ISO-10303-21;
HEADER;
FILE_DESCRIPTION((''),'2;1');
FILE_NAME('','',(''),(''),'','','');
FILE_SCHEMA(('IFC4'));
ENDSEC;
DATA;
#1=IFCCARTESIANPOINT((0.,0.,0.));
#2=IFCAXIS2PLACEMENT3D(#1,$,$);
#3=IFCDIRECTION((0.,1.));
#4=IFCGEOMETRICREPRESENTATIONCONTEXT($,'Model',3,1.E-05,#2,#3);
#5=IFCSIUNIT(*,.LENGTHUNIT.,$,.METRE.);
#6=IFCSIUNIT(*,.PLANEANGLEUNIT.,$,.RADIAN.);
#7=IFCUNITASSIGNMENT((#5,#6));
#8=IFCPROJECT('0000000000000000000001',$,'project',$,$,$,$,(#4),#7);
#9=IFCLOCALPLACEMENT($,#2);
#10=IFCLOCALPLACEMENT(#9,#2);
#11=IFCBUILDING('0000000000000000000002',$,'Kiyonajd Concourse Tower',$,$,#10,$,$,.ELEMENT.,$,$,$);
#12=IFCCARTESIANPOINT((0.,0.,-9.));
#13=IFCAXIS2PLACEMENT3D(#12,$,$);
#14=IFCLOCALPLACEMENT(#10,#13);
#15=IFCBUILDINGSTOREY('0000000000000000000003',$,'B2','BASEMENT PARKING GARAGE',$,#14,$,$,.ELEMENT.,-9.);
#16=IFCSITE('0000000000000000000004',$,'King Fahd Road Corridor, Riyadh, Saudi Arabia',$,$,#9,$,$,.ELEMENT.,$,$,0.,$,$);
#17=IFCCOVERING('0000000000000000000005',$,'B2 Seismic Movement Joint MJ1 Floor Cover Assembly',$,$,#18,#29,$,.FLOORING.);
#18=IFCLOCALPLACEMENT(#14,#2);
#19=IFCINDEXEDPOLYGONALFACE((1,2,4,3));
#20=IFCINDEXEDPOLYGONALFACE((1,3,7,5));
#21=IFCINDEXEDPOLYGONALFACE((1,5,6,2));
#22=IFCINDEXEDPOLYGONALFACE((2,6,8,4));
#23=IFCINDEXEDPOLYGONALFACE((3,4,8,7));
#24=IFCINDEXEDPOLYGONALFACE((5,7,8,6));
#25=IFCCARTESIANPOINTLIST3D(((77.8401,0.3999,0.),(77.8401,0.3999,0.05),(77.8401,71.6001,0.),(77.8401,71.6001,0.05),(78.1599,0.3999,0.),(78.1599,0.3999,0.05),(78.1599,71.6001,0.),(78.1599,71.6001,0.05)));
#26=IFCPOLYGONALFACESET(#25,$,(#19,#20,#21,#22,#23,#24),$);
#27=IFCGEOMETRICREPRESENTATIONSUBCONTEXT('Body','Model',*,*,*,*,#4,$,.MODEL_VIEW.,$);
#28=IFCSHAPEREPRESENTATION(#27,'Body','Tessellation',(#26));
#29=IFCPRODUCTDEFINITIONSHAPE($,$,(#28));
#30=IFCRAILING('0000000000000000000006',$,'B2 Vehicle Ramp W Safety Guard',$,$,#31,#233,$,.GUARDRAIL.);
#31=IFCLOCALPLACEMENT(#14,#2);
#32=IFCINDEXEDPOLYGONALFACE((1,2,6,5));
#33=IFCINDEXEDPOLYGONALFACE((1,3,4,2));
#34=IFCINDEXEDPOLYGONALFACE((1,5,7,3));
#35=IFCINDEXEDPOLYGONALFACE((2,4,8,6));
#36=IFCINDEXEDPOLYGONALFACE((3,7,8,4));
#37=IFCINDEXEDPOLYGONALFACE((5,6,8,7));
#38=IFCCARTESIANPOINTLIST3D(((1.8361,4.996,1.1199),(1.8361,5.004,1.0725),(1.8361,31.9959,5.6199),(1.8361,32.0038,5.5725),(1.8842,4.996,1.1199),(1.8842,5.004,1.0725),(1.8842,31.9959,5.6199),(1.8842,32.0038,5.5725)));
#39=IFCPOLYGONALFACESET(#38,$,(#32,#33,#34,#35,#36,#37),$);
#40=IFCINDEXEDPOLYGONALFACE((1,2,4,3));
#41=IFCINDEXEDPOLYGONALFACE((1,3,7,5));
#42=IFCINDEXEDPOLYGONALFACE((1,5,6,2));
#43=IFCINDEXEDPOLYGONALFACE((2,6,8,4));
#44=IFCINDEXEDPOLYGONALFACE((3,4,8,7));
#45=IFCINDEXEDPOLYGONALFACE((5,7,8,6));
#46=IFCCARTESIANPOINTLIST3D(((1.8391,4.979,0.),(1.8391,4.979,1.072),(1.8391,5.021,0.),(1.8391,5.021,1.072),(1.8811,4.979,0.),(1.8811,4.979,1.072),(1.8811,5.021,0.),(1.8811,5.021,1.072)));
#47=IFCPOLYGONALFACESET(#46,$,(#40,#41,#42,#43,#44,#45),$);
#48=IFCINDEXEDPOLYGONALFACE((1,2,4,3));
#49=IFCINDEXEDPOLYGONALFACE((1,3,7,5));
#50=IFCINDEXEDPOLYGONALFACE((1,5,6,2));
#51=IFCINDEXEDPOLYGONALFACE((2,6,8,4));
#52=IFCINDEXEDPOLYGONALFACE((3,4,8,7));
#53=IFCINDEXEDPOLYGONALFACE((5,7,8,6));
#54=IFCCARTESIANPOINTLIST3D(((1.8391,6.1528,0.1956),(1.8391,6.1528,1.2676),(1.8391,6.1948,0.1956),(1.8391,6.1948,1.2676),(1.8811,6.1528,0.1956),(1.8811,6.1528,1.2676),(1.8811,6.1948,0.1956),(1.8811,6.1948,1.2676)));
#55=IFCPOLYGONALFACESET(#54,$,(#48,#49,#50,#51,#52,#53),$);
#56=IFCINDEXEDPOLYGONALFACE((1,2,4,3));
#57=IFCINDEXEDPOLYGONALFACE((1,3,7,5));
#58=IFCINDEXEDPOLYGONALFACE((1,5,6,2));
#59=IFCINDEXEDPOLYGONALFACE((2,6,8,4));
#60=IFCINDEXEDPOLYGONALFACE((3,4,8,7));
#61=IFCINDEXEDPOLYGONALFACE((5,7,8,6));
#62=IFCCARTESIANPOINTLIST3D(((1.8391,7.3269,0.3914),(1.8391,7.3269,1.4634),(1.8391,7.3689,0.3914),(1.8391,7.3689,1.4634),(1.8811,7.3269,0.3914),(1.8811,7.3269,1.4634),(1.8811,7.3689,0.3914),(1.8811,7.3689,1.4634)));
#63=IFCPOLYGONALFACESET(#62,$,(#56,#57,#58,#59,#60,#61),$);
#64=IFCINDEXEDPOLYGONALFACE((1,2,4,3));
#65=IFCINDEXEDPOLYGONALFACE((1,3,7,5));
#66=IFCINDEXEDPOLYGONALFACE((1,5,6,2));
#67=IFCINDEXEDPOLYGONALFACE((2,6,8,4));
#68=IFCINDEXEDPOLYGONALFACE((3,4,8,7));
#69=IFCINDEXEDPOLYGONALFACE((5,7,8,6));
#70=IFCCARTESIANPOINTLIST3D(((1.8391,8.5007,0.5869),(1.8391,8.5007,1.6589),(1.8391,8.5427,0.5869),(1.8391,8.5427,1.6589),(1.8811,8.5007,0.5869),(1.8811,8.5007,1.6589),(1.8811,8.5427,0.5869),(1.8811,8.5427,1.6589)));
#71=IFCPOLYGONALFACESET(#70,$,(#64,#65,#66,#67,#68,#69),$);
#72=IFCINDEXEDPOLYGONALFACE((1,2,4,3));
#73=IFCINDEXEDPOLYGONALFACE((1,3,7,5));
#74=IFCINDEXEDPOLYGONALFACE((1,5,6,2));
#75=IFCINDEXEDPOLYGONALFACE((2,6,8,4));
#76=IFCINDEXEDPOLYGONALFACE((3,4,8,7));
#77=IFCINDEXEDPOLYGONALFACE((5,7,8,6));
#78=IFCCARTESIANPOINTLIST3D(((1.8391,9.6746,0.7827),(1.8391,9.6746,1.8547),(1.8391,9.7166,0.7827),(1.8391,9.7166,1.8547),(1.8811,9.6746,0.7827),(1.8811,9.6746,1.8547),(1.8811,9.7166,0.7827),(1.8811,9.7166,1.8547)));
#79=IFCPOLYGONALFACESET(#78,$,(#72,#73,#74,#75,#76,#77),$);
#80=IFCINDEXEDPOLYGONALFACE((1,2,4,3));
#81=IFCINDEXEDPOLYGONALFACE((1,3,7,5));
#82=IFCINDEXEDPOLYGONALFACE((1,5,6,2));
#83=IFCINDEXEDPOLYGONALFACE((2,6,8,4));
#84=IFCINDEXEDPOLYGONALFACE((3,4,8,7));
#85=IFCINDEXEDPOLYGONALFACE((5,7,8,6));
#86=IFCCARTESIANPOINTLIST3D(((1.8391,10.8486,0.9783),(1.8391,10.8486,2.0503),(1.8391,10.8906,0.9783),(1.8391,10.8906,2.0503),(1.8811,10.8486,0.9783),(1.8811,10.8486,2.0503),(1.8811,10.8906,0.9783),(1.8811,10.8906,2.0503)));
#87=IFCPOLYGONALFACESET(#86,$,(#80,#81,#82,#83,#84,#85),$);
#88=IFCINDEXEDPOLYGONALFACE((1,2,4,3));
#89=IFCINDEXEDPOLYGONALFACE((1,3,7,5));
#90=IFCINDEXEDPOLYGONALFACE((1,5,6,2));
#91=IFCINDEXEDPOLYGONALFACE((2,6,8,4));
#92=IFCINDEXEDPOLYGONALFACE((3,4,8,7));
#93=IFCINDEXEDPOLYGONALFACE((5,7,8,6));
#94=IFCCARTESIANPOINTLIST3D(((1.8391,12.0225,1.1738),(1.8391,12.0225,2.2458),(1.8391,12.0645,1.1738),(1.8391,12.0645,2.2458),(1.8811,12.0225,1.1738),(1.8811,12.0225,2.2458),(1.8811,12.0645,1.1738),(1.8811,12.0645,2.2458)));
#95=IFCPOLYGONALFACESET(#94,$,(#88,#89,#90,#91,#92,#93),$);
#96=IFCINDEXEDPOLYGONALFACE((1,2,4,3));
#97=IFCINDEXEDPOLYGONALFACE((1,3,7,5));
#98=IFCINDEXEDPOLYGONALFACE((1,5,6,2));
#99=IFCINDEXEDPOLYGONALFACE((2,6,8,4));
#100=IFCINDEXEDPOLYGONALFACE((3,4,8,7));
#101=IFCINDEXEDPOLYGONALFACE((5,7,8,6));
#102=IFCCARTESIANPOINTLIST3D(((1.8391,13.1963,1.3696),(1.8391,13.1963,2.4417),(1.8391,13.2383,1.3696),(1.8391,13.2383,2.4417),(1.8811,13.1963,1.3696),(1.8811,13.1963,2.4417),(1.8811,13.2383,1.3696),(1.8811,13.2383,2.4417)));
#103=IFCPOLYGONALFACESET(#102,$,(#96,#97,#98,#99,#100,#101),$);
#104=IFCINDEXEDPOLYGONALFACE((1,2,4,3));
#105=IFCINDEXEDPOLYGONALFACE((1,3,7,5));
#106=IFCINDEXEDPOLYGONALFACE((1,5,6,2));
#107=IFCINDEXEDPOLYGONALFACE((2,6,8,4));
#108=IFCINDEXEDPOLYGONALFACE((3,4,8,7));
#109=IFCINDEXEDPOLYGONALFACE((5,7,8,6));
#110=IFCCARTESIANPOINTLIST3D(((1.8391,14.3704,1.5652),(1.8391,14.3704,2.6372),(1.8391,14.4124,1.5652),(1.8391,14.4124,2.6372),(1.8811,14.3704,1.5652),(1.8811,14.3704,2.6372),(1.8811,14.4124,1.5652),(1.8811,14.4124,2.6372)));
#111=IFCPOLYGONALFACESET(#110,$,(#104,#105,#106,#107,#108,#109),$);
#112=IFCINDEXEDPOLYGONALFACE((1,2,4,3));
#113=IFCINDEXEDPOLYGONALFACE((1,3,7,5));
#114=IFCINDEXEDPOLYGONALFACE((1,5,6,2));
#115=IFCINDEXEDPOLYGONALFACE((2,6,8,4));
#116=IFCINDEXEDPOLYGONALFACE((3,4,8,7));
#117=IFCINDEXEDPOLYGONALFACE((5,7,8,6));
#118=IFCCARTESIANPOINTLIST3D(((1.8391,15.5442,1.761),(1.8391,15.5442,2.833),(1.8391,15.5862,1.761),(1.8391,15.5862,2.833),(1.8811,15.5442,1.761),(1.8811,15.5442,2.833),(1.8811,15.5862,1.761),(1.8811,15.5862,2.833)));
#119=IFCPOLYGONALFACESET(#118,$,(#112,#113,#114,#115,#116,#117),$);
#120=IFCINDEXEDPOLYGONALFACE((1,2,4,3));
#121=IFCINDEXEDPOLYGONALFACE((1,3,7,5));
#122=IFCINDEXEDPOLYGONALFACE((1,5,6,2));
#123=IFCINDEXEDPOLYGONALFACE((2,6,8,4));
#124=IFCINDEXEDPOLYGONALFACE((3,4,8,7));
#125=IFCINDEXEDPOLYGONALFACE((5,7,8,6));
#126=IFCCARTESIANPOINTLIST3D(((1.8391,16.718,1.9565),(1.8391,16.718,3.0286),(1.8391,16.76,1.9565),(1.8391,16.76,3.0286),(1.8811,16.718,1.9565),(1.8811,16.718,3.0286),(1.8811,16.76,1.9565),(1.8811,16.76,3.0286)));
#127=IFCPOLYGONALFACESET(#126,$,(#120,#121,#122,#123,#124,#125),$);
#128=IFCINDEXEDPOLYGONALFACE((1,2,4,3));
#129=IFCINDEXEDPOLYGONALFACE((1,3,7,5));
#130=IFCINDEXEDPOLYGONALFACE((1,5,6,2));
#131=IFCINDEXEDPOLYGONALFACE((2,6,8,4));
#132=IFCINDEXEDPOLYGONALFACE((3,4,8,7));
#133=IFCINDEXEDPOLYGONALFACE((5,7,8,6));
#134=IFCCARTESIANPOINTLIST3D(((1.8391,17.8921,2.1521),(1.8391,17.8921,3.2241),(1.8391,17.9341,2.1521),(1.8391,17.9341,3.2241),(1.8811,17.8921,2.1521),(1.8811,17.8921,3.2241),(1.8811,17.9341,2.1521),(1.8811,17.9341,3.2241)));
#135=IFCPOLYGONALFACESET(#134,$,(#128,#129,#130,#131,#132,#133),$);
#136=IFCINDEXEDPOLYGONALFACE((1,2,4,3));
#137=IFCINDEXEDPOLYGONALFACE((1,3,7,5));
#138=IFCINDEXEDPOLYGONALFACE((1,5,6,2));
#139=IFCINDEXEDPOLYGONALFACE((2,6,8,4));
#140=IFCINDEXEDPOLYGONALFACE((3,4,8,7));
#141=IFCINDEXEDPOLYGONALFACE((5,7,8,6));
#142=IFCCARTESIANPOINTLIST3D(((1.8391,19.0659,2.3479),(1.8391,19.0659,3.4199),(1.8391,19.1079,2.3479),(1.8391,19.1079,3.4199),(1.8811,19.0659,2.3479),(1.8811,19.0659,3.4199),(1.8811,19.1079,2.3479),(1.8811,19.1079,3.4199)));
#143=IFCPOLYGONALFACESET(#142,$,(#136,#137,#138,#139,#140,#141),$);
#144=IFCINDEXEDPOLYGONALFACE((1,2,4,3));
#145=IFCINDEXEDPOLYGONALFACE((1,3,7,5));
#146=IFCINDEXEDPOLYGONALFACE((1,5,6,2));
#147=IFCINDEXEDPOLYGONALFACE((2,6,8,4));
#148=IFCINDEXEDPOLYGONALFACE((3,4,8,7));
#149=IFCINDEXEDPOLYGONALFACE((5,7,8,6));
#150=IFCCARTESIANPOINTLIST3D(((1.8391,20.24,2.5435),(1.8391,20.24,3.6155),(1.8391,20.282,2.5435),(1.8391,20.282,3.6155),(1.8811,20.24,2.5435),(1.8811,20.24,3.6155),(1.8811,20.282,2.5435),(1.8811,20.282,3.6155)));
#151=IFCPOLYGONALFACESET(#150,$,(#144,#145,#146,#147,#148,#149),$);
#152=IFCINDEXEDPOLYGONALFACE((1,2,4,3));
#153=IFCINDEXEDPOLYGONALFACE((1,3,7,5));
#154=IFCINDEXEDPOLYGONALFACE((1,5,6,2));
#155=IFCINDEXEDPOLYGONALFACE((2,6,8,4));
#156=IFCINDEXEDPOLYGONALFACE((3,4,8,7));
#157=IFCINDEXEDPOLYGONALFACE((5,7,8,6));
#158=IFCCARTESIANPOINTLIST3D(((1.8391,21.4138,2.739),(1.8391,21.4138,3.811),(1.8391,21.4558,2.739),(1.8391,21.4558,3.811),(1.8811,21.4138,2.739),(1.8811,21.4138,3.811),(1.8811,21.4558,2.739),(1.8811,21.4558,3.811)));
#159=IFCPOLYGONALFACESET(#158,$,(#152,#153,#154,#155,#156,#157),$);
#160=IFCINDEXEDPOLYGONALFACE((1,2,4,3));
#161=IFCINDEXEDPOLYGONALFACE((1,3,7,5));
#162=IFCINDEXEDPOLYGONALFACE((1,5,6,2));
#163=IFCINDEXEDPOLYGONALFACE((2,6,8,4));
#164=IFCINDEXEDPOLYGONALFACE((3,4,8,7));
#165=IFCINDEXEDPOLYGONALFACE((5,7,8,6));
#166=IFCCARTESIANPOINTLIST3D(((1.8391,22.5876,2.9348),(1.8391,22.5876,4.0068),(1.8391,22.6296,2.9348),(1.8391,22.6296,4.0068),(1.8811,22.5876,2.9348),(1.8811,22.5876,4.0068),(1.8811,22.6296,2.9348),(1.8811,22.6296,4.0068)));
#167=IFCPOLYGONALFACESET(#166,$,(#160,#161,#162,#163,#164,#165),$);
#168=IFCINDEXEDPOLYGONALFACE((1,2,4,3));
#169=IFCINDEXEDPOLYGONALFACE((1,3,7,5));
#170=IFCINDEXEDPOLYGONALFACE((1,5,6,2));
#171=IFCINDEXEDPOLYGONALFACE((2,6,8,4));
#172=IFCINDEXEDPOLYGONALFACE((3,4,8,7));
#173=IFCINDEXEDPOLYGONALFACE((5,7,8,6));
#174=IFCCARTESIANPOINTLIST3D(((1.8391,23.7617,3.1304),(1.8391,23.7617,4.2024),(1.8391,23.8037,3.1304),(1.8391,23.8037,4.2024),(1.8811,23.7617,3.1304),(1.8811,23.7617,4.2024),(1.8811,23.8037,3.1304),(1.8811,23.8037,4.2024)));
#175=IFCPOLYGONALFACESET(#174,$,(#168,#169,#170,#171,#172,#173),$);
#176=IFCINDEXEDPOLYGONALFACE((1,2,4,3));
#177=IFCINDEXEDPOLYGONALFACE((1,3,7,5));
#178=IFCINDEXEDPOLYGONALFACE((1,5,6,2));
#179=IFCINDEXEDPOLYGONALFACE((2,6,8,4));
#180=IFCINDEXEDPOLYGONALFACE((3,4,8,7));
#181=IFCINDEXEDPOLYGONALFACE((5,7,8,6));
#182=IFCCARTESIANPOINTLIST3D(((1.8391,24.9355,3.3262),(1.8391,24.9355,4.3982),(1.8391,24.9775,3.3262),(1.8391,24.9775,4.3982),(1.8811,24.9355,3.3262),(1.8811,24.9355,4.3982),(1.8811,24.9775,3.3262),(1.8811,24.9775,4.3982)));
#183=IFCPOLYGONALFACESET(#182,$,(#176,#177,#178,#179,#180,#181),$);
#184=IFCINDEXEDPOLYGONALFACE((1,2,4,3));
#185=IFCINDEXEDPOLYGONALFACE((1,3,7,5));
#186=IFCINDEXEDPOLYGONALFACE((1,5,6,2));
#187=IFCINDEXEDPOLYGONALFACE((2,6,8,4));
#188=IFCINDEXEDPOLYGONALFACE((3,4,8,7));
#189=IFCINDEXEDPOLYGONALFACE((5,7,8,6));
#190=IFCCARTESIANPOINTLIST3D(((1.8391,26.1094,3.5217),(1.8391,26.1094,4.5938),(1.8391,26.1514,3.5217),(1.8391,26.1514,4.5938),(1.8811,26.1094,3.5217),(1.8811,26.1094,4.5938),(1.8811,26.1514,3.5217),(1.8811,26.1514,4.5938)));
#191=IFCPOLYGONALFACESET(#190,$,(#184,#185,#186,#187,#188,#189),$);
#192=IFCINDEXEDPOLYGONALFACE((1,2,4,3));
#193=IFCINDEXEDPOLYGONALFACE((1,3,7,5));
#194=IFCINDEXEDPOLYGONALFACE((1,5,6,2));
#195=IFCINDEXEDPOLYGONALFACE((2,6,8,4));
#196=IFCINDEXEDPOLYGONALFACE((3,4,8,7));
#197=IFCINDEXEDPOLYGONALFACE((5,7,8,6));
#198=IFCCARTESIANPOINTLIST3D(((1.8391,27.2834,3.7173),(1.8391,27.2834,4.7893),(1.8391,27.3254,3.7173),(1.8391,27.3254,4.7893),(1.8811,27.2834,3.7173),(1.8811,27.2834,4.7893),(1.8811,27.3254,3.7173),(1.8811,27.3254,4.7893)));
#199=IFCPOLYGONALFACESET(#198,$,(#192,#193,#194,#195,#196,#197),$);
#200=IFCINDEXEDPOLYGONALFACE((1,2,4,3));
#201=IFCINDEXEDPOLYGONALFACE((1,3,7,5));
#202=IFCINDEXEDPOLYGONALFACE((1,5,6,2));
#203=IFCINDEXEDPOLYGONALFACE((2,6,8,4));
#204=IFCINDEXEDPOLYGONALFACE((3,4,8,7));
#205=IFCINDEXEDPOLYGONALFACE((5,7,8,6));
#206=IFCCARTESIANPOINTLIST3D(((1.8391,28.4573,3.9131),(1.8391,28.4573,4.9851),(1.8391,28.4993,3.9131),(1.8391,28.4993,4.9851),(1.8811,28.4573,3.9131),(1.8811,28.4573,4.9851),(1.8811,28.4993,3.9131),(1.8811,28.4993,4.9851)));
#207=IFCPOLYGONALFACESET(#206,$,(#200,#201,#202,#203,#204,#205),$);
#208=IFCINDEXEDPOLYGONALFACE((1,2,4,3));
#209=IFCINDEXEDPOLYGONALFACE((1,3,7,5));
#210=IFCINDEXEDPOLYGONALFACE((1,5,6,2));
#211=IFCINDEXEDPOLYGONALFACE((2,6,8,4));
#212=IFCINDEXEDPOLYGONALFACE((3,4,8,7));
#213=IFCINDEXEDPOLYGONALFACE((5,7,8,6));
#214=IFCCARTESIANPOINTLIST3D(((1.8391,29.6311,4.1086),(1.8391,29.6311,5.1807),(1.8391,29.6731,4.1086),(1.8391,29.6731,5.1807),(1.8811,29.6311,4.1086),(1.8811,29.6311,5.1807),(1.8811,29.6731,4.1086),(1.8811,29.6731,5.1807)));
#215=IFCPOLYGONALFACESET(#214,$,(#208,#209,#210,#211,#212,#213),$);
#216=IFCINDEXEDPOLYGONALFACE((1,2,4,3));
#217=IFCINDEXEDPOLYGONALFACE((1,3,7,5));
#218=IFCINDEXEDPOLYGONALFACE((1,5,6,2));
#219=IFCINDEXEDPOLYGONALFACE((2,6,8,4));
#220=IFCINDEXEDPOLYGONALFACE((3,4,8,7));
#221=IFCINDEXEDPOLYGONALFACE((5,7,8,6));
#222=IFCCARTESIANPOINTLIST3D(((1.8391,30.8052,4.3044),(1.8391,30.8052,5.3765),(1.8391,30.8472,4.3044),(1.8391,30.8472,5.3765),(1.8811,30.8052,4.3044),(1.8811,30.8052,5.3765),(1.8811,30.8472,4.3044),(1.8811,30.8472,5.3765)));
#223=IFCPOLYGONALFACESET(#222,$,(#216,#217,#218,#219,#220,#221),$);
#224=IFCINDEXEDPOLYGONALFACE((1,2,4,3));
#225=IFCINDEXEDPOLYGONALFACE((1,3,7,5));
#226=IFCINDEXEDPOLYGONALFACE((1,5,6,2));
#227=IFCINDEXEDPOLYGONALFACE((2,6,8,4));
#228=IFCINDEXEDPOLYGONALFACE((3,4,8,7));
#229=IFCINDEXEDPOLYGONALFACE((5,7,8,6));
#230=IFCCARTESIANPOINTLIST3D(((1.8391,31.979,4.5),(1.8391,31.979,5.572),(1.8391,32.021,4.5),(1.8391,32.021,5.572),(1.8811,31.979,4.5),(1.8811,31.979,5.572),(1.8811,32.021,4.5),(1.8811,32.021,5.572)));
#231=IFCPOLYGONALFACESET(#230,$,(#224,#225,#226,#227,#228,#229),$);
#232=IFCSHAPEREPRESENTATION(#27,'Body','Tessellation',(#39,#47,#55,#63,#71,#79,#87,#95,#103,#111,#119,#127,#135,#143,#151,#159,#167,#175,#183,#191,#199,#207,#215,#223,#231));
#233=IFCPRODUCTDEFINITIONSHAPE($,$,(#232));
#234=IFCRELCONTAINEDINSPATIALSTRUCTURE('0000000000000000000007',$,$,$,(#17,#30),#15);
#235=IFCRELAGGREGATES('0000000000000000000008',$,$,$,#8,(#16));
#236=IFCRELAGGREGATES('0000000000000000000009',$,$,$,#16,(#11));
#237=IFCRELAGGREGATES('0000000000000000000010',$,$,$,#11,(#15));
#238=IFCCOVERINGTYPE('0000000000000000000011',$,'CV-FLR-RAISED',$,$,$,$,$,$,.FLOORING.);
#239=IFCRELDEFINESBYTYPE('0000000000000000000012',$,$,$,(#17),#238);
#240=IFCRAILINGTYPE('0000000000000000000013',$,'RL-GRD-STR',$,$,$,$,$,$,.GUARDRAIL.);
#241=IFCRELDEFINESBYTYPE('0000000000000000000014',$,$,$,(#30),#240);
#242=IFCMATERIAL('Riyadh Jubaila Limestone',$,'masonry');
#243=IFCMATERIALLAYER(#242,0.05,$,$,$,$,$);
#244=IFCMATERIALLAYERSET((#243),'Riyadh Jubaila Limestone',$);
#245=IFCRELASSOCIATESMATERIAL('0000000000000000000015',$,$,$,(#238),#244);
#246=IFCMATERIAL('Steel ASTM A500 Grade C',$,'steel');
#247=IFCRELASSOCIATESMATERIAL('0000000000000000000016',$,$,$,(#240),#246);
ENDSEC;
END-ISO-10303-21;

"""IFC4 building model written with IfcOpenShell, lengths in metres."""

from ifc_helpers import new_model, si_unit, direction, frame, origin, origin_2d, place, context, subcontext, project, spatial, polyline, rectangle, outline, extrude, material, layer, layer_set, type_object, element, save


model = new_model("IFC4")

# Units and contexts
model_context = context("Model", 3, precision=1e-05, world=origin(), true_north=direction((0.0, 1.0)))
body_context = subcontext(model_context, "Body", "Model", "MODEL_VIEW")
ifc_project = project(units=[si_unit("LENGTHUNIT", "METRE"), si_unit("PLANEANGLEUNIT", "RADIAN")], contexts=[model_context])

# Site, building, storey
site_placement = place(None, origin())
site = spatial("IfcSite", under=ifc_project, at=site_placement, Name="King Fahd Road Corridor, Riyadh, Saudi Arabia", CompositionType="ELEMENT", RefElevation=0.0)
building_placement = place(site_placement, origin())
building = spatial("IfcBuilding", under=site, at=building_placement, Name="Kiyonajd Concourse Tower", CompositionType="ELEMENT")
storey_placement = place(building_placement, frame((0.0, 0.0, -9.0)))
storey = spatial("IfcBuildingStorey", under=building, at=storey_placement, Name="B2", Description="BASEMENT PARKING GARAGE", CompositionType="ELEMENT", Elevation=-9.0)

# Covering
ifc_material_1 = material(Name="Riyadh Jubaila Limestone", Category="masonry")
ifc_layer_1 = layer(ifc_material_1, 0.05)
ifc_layer_set_1 = layer_set([ifc_layer_1], Name="Riyadh Jubaila Limestone")
covering_type = type_object("IfcCoveringType", Name="CV-FLR-RAISED", PredefinedType="FLOORING", material=ifc_layer_set_1)
covering_1_placement = place(storey_placement, origin())
element("IfcCovering", 1, at=covering_1_placement, inside=storey, type_object=covering_type, Name="B2 Seismic Movement Joint MJ1 Floor Cover Assembly", PredefinedType="FLOORING", context=body_context, shape_type="SweptSolid", body=[
    extrude(outline(polyline([(77.8401, 0.3999), (78.1599, 0.3999), (78.1599, 71.6001), (77.8401, 71.6001), (77.8401, 0.3999)])), origin(), (0.0, 0.0, 1.0), 0.05),
])

# Railing
ifc_material_2 = material(Name="Steel ASTM A500 Grade C", Category="steel")
railing_type = type_object("IfcRailingType", Name="RL-GRD-STR", PredefinedType="GUARDRAIL", material=ifc_material_2)
railing_placement = place(storey_placement, frame((1.8601, 5.0, 0.0)))
element("IfcRailing", 2, at=railing_placement, inside=storey, type_object=railing_type, Name="B2 Vehicle Ramp W Safety Guard", PredefinedType="GUARDRAIL", context=body_context, shape_type="SweptSolid", body=[
    extrude(rectangle(XDim=0.0481, YDim=0.0481, at=origin_2d()), frame((0.0, 0.0, 1.0962), z_axis=(0.0, 0.986394, 0.164399), x_axis=(-1.0, 0.0, 0.0)), (0.0, 0.0, 1.0), 27.3723),
    extrude(rectangle(XDim=0.042, YDim=0.042, at=origin_2d()), origin(), (0.0, 0.0, 1.0), 1.072),
    extrude(rectangle(XDim=0.042, YDim=0.042, at=origin_2d()), frame((0.0, 1.1738, 0.1956)), (0.0, 0.0, 1.0), 1.072),
    extrude(rectangle(XDim=0.042, YDim=0.042, at=origin_2d()), frame((0.0, 2.3479, 0.3914)), (0.0, 0.0, 1.0), 1.072),
    extrude(rectangle(XDim=0.042, YDim=0.042, at=origin_2d()), frame((0.0, 3.5217, 0.5869)), (0.0, 0.0, 1.0), 1.072),
    extrude(rectangle(XDim=0.042, YDim=0.042, at=origin_2d()), frame((0.0, 4.6956, 0.7827)), (0.0, 0.0, 1.0), 1.072),
    extrude(rectangle(XDim=0.042, YDim=0.042, at=origin_2d()), frame((0.0, 5.8696, 0.9783)), (0.0, 0.0, 1.0), 1.072),
    extrude(rectangle(XDim=0.042, YDim=0.042, at=origin_2d()), frame((0.0, 7.0435, 1.1738)), (0.0, 0.0, 1.0), 1.072),
    extrude(rectangle(XDim=0.042, YDim=0.042, at=origin_2d()), frame((0.0, 8.2173, 1.3696)), (0.0, 0.0, 1.0), 1.072),
    extrude(rectangle(XDim=0.042, YDim=0.042, at=origin_2d()), frame((0.0, 9.3914, 1.5652)), (0.0, 0.0, 1.0), 1.072),
    extrude(rectangle(XDim=0.042, YDim=0.042, at=origin_2d()), frame((0.0, 10.5652, 1.761)), (0.0, 0.0, 1.0), 1.072),
    extrude(rectangle(XDim=0.042, YDim=0.042, at=origin_2d()), frame((0.0, 11.739, 1.9565)), (0.0, 0.0, 1.0), 1.072),
    extrude(rectangle(XDim=0.042, YDim=0.042, at=origin_2d()), frame((0.0, 12.9131, 2.1521)), (0.0, 0.0, 1.0), 1.072),
    extrude(rectangle(XDim=0.042, YDim=0.042, at=origin_2d()), frame((0.0, 14.0869, 2.3479)), (0.0, 0.0, 1.0), 1.072),
    extrude(rectangle(XDim=0.042, YDim=0.042, at=origin_2d()), frame((0.0, 15.261, 2.5435)), (0.0, 0.0, 1.0), 1.072),
    extrude(rectangle(XDim=0.042, YDim=0.042, at=origin_2d()), frame((0.0, 16.4348, 2.739)), (0.0, 0.0, 1.0), 1.072),
    extrude(rectangle(XDim=0.042, YDim=0.042, at=origin_2d()), frame((0.0, 17.6086, 2.9348)), (0.0, 0.0, 1.0), 1.072),
    extrude(rectangle(XDim=0.042, YDim=0.042, at=origin_2d()), frame((0.0, 18.7827, 3.1304)), (0.0, 0.0, 1.0), 1.072),
    extrude(rectangle(XDim=0.042, YDim=0.042, at=origin_2d()), frame((0.0, 19.9565, 3.3262)), (0.0, 0.0, 1.0), 1.072),
    extrude(rectangle(XDim=0.042, YDim=0.042, at=origin_2d()), frame((0.0, 21.1304, 3.5217)), (0.0, 0.0, 1.0), 1.072),
    extrude(rectangle(XDim=0.042, YDim=0.042, at=origin_2d()), frame((0.0, 22.3044, 3.7173)), (0.0, 0.0, 1.0), 1.072),
    extrude(rectangle(XDim=0.042, YDim=0.042, at=origin_2d()), frame((0.0, 23.4783, 3.9131)), (0.0, 0.0, 1.0), 1.072),
    extrude(rectangle(XDim=0.042, YDim=0.042, at=origin_2d()), frame((0.0, 24.6521, 4.1086)), (0.0, 0.0, 1.0), 1.072),
    extrude(rectangle(XDim=0.042, YDim=0.042, at=origin_2d()), frame((0.0, 25.8262, 4.3044)), (0.0, 0.0, 1.0), 1.072),
    extrude(rectangle(XDim=0.042, YDim=0.042, at=origin_2d()), frame((0.0, 27.0, 4.5)), (0.0, 0.0, 1.0), 1.072),
])

save(model, "model.ifc")
